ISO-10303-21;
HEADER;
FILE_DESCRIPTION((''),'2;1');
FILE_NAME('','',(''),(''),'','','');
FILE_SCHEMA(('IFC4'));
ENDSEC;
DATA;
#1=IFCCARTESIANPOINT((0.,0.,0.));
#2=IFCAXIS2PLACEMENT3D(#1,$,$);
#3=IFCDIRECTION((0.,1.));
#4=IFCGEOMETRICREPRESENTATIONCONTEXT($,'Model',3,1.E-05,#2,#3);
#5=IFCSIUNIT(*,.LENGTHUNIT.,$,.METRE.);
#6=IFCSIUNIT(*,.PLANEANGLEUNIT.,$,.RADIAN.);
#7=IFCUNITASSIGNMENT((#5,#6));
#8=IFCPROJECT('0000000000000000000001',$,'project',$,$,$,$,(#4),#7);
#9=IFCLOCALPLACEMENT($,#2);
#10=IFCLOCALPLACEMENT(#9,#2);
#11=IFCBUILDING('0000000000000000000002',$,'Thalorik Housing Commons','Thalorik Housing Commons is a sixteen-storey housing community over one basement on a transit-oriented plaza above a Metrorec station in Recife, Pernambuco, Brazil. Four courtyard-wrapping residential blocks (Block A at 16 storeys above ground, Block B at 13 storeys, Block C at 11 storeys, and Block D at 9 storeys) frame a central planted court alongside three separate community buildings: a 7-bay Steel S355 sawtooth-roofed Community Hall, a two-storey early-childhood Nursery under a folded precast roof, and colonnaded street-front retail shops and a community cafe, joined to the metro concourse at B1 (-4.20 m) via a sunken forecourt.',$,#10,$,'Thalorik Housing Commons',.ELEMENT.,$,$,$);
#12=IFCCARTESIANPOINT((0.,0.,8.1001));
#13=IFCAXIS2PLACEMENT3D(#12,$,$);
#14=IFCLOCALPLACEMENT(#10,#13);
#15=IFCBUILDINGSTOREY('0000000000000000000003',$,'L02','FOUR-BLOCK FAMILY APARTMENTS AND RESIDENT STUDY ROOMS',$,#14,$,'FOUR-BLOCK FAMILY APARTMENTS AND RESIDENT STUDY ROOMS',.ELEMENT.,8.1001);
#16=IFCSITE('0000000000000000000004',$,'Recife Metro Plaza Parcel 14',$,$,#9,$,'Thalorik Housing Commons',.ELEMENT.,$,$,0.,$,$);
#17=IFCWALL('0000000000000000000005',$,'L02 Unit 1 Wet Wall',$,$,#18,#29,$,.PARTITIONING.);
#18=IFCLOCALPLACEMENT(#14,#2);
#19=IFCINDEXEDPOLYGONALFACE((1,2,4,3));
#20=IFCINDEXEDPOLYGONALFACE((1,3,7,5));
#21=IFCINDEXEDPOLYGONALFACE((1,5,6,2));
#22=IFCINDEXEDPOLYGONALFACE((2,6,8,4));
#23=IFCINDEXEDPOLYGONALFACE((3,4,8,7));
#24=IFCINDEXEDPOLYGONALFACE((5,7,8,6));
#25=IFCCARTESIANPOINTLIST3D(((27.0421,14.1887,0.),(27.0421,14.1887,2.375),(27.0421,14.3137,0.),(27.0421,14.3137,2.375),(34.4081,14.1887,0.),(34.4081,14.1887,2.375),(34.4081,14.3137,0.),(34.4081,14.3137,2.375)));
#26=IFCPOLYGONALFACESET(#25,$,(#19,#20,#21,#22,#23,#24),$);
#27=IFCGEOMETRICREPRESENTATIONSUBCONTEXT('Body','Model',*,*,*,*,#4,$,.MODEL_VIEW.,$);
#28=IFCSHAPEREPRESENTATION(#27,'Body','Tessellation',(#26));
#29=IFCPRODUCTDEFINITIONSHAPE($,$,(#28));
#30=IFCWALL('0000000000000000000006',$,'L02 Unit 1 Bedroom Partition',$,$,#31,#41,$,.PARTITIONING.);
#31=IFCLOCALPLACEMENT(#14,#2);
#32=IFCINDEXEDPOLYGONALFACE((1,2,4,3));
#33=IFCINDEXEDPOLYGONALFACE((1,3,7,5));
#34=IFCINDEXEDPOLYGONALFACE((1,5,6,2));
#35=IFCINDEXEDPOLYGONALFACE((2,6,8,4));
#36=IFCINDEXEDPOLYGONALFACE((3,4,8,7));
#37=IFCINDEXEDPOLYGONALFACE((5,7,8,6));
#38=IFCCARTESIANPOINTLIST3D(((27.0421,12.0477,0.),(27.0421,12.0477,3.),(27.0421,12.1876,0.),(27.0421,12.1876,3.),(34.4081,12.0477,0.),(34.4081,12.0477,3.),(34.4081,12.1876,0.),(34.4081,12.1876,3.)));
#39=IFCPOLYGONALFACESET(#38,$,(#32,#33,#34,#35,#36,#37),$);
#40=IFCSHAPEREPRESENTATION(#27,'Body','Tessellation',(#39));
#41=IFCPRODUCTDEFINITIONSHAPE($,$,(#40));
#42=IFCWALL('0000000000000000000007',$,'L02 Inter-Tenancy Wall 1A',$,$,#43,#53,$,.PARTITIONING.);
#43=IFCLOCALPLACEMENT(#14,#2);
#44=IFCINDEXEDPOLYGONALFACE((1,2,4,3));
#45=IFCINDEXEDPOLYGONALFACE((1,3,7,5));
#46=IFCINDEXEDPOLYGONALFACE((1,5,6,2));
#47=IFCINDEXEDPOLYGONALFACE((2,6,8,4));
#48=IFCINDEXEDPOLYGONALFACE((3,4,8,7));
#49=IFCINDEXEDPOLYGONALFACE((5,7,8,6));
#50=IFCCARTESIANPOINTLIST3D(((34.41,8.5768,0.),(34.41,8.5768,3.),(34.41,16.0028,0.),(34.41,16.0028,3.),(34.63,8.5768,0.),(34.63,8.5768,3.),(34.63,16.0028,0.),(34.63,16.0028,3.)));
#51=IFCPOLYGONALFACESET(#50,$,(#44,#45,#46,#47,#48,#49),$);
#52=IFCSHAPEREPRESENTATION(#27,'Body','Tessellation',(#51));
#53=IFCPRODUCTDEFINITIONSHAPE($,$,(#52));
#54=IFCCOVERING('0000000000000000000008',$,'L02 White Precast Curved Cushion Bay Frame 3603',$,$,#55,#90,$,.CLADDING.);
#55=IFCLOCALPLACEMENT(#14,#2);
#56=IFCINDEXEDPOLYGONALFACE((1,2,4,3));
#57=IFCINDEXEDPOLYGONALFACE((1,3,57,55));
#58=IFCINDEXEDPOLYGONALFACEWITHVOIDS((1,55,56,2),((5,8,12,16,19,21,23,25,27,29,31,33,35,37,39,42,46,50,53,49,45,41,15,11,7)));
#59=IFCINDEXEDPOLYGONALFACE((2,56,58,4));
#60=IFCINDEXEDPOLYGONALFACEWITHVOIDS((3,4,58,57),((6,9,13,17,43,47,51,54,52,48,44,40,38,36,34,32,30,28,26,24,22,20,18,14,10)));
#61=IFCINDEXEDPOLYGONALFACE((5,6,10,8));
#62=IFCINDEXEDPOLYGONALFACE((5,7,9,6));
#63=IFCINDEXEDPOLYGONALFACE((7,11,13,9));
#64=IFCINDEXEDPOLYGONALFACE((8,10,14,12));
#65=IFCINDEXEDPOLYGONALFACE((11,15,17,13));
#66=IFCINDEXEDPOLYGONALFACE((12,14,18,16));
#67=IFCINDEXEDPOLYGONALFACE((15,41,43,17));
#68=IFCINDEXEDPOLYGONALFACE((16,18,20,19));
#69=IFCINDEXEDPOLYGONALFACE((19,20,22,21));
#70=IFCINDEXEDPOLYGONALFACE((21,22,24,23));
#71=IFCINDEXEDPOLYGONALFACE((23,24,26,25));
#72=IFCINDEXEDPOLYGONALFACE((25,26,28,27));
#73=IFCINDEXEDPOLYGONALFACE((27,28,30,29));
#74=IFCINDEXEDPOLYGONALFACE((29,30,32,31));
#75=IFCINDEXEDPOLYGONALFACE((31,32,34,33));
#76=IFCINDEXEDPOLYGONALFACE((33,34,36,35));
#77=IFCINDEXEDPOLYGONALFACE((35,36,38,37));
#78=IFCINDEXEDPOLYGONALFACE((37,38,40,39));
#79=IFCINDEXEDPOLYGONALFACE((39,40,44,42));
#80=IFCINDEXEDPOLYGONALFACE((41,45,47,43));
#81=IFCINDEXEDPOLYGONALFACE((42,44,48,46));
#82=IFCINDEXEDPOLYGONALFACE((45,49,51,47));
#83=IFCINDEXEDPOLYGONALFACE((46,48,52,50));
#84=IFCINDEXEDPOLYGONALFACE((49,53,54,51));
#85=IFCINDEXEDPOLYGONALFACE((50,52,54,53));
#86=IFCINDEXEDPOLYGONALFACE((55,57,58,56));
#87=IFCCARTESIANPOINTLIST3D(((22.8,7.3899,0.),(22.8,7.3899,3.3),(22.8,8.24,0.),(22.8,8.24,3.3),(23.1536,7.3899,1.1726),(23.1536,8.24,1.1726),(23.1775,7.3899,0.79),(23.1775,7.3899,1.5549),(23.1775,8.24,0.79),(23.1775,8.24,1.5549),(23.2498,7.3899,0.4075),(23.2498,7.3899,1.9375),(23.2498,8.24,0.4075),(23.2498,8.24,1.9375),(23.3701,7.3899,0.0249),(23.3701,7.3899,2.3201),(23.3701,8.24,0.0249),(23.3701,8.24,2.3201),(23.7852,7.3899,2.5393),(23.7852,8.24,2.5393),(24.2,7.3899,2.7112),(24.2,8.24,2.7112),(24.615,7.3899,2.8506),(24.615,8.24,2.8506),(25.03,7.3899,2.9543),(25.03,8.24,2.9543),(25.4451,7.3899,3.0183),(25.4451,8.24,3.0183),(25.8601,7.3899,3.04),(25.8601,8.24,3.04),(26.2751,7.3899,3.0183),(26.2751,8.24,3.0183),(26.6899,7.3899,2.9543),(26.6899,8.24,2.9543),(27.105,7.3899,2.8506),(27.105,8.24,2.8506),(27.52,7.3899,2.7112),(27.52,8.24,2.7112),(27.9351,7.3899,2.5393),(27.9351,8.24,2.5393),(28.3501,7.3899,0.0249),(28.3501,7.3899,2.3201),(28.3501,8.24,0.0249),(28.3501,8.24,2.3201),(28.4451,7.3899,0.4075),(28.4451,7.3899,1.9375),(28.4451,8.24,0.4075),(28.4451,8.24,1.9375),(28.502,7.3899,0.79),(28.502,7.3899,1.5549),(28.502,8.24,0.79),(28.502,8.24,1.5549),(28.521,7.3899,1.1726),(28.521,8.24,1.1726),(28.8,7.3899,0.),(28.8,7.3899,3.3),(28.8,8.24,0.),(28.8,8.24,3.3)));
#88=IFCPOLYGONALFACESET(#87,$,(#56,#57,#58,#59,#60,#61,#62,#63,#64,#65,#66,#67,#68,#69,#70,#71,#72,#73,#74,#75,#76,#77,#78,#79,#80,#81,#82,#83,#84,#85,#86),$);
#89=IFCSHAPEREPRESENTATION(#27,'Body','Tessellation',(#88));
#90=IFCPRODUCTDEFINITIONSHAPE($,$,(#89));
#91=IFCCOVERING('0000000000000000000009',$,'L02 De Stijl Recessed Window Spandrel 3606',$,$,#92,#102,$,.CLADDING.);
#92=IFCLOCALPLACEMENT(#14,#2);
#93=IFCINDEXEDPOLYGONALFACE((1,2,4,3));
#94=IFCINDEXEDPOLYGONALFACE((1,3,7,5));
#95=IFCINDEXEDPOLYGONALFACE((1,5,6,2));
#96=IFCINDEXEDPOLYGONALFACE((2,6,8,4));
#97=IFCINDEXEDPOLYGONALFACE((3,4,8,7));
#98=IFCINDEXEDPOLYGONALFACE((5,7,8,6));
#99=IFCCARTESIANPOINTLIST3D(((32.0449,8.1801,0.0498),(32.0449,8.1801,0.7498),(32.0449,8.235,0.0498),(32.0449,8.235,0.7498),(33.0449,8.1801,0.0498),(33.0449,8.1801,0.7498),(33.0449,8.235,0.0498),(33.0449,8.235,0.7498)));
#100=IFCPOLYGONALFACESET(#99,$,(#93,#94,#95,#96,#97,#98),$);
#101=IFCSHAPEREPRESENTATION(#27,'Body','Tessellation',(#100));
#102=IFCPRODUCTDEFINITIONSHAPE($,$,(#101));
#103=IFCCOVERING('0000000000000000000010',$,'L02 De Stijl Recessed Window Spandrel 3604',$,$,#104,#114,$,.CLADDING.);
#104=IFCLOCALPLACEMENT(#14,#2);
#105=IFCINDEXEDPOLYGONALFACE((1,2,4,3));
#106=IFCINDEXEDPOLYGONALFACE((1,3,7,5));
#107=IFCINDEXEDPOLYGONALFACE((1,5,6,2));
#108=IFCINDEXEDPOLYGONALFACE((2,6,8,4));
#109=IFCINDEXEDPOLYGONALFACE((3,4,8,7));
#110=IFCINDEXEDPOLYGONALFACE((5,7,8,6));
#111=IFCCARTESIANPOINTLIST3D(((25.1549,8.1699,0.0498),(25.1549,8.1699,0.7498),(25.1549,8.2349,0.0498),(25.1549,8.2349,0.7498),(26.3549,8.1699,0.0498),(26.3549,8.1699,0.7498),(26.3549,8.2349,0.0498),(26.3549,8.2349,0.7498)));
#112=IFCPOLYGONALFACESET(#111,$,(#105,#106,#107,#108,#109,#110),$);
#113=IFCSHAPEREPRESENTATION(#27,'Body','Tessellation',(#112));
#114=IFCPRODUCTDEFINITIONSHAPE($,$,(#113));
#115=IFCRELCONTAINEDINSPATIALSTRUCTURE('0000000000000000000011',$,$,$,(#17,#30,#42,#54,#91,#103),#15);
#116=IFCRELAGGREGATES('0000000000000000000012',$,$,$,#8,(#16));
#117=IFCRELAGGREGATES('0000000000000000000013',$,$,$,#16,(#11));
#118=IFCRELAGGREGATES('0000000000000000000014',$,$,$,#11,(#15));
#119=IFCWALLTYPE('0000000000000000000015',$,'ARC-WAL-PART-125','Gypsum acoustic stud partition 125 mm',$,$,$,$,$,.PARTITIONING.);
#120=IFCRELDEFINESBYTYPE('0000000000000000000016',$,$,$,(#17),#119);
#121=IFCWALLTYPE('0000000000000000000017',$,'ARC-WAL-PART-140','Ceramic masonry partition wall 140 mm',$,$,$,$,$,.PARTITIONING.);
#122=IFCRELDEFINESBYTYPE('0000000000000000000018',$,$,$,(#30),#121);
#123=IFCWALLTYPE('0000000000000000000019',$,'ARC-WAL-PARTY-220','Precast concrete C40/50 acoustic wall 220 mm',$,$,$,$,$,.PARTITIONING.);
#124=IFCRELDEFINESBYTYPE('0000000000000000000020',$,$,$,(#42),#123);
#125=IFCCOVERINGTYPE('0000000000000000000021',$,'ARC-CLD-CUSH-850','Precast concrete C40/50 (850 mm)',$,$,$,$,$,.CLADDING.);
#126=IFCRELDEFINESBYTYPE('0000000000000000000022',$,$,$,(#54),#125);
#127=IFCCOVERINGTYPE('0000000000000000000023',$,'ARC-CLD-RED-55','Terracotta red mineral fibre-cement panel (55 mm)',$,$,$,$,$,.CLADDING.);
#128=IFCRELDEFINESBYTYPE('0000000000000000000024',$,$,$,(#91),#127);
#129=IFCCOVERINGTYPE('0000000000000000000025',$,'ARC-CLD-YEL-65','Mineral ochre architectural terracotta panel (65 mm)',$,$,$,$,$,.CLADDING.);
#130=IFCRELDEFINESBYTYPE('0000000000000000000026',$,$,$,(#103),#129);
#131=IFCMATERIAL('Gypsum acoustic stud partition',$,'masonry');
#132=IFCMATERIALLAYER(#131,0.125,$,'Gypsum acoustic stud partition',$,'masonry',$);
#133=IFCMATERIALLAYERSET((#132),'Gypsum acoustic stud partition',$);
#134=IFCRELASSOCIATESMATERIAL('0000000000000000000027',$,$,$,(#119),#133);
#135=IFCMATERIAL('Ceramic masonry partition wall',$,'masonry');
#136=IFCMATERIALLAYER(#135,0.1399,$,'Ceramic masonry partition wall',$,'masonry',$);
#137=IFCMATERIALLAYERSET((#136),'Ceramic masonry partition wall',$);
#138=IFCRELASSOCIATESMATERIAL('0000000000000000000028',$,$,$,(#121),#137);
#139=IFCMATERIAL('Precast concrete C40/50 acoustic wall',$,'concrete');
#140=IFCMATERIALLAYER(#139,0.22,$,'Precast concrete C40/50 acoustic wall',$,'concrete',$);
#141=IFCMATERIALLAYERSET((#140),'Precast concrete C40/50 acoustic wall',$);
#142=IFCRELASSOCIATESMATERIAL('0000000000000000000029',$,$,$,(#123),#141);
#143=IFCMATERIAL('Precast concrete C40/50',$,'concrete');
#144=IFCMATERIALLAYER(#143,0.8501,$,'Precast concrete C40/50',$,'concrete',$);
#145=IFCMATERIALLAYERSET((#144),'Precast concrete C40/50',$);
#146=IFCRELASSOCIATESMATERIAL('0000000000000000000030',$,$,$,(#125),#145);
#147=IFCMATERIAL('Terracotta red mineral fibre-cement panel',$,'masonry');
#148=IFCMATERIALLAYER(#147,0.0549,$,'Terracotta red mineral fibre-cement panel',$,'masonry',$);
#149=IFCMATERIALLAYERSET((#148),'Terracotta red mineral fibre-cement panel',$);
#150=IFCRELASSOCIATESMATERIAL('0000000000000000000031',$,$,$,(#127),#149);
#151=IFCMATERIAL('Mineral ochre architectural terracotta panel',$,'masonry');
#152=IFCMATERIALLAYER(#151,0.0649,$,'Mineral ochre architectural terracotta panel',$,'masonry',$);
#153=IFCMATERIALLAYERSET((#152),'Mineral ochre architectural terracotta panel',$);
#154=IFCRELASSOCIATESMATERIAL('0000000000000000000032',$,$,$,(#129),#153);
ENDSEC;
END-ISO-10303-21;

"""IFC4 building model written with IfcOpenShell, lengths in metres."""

from ifc_helpers import new_model, si_unit, direction, frame, frame_2d, origin, origin_2d, place, context, subcontext, project, spatial, polyline, rectangle, outline, extrude, material, layer, layer_set, type_object, element, save


model = new_model("IFC4")

# Units and contexts
model_context = context("Model", 3, precision=1e-05, world=origin(), true_north=direction((0.0, 1.0)))
body_context = subcontext(model_context, "Body", "Model", "MODEL_VIEW")
ifc_project = project(units=[si_unit("LENGTHUNIT", "METRE"), si_unit("PLANEANGLEUNIT", "RADIAN")], contexts=[model_context])

# Site, building, storey
site_placement = place(None, origin())
site = spatial("IfcSite", under=ifc_project, at=site_placement, Name="Recife Metro Plaza Parcel 14", LongName="Thalorik Housing Commons", CompositionType="ELEMENT", RefElevation=0.0)
building_placement = place(site_placement, origin())
building = spatial("IfcBuilding", under=site, at=building_placement, Name="Thalorik Housing Commons", Description="Thalorik Housing Commons is a sixteen-storey housing community over one basement on a transit-oriented plaza above a Metrorec station in Recife, Pernambuco, Brazil. Four courtyard-wrapping residential blocks (Block A at 16 storeys above ground, Block B at 13 storeys, Block C at 11 storeys, and Block D at 9 storeys) frame a central planted court alongside three separate community buildings: a 7-bay Steel S355 sawtooth-roofed Community Hall, a two-storey early-childhood Nursery under a folded precast roof, and colonnaded street-front retail shops and a community cafe, joined to the metro concourse at B1 (-4.20 m) via a sunken forecourt.", LongName="Thalorik Housing Commons", CompositionType="ELEMENT")
storey_placement = place(building_placement, frame((0.0, 0.0, 8.1001)))
storey = spatial("IfcBuildingStorey", under=building, at=storey_placement, Name="L02", Description="FOUR-BLOCK FAMILY APARTMENTS AND RESIDENT STUDY ROOMS", LongName="FOUR-BLOCK FAMILY APARTMENTS AND RESIDENT STUDY ROOMS", CompositionType="ELEMENT", Elevation=8.1001)

# Shared definitions
ifc_material_1 = material(Name="Precast concrete C40/50", Category="concrete")

# Walls
ifc_material_2 = material(Name="Gypsum acoustic stud partition", Category="masonry")
ifc_layer_1 = layer(ifc_material_2, 0.125, Name="Gypsum acoustic stud partition", Category="masonry")
ifc_layer_set_1 = layer_set([ifc_layer_1], Name="Gypsum acoustic stud partition")
wall_type_1 = type_object("IfcWallType", Name="ARC-WAL-PART-125", Description="Gypsum acoustic stud partition 125 mm", PredefinedType="PARTITIONING", material=ifc_layer_set_1)
wall_1_placement = place(storey_placement, frame((27.042, 14.2512, 0.0), z_axis=(0.0, 0.0, 1.0), x_axis=(1.0, 0.0, 0.0)))
element("IfcWall", 1, at=wall_1_placement, inside=storey, type_object=wall_type_1, Name="L02 Unit 1 Wet Wall", PredefinedType="PARTITIONING", context=body_context, shape_type="SweptSolid", body=[
    extrude(rectangle(XDim=7.366, YDim=0.125, at=frame_2d((3.6831, 0.0))), origin(), (0.0, 0.0, 1.0), 2.375),
])
ifc_material_3 = material(Name="Ceramic masonry partition wall", Category="masonry")
ifc_layer_2 = layer(ifc_material_3, 0.1399, Name="Ceramic masonry partition wall", Category="masonry")
ifc_layer_set_2 = layer_set([ifc_layer_2], Name="Ceramic masonry partition wall")
wall_type_2 = type_object("IfcWallType", Name="ARC-WAL-PART-140", Description="Ceramic masonry partition wall 140 mm", PredefinedType="PARTITIONING", material=ifc_layer_set_2)
wall_2_placement = place(storey_placement, frame((27.042, 12.1177, 0.0), z_axis=(0.0, 0.0, 1.0), x_axis=(1.0, 0.0, 0.0)))
element("IfcWall", 2, at=wall_2_placement, inside=storey, type_object=wall_type_2, Name="L02 Unit 1 Bedroom Partition", PredefinedType="PARTITIONING", context=body_context, shape_type="SweptSolid", body=[
    extrude(rectangle(XDim=7.366, YDim=0.1399, at=frame_2d((3.6831, 0.0))), origin(), (0.0, 0.0, 1.0), 3.0),
])
ifc_material_4 = material(Name="Precast concrete C40/50 acoustic wall", Category="concrete")
ifc_layer_3 = layer(ifc_material_4, 0.22, Name="Precast concrete C40/50 acoustic wall", Category="concrete")
ifc_layer_set_3 = layer_set([ifc_layer_3], Name="Precast concrete C40/50 acoustic wall")
wall_type_3 = type_object("IfcWallType", Name="ARC-WAL-PARTY-220", Description="Precast concrete C40/50 acoustic wall 220 mm", PredefinedType="PARTITIONING", material=ifc_layer_set_3)
wall_3_placement = place(storey_placement, frame((34.52, 8.5769, 0.0), z_axis=(0.0, 0.0, 1.0), x_axis=(0.0, 1.0, 0.0)))
element("IfcWall", 3, at=wall_3_placement, inside=storey, type_object=wall_type_3, Name="L02 Inter-Tenancy Wall 1A", PredefinedType="PARTITIONING", context=body_context, shape_type="SweptSolid", body=[
    extrude(rectangle(XDim=7.426, YDim=0.22, at=frame_2d((3.7129, 0.0))), origin(), (0.0, 0.0, 1.0), 3.0),
])

# Coverings
ifc_layer_4 = layer(ifc_material_1, 0.8501, Name="Precast concrete C40/50", Category="concrete")
ifc_layer_set_4 = layer_set([ifc_layer_4], Name="Precast concrete C40/50")
covering_type_1 = type_object("IfcCoveringType", Name="ARC-CLD-CUSH-850", Description="Precast concrete C40/50 (850 mm)", PredefinedType="CLADDING", material=ifc_layer_set_4)
covering_1_placement = place(storey_placement, frame((25.8, 7.8149, 0.0), z_axis=(0.0, 0.0, 1.0), x_axis=(1.0, 0.0, 0.0)))
element("IfcCovering", 4, at=covering_1_placement, inside=storey, type_object=covering_type_1, Name="L02 White Precast Curved Cushion Bay Frame 3603", PredefinedType="CLADDING", context=body_context, shape_type="SweptSolid", body=[
    extrude(outline(polyline([(-3.0, 0.0), (3.0, 0.0), (3.0, 3.3), (-3.0, 3.3), (-3.0, 0.0)]), holes=[polyline([(2.55, 0.0249), (2.645, 0.4075), (2.7019, 0.79), (2.7209, 1.1726), (2.7019, 1.5549), (2.645, 1.9375), (2.55, 2.3201), (2.135, 2.5393), (1.72, 2.7112), (1.3049, 2.8506), (0.8899, 2.9543), (0.4751, 3.0183), (0.0601, 3.04), (-0.355, 3.0183), (-0.77, 2.9543), (-1.1851, 2.8506), (-1.6001, 2.7112), (-2.0149, 2.5393), (-2.4299, 2.3201), (-2.5503, 1.9375), (-2.6226, 1.5549), (-2.6465, 1.1726), (-2.6226, 0.79), (-2.5503, 0.4075), (-2.4299, 0.0249), (2.55, 0.0249)])]), frame((0.0, 0.425, 0.0), z_axis=(0.0, -1.0, 0.0), x_axis=(1.0, 0.0, 0.0)), (0.0, 0.0, 1.0), 0.8501),
])
ifc_material_5 = material(Name="Terracotta red mineral fibre-cement panel", Category="masonry")
ifc_layer_5 = layer(ifc_material_5, 0.0549, Name="Terracotta red mineral fibre-cement panel", Category="masonry")
ifc_layer_set_5 = layer_set([ifc_layer_5], Name="Terracotta red mineral fibre-cement panel")
covering_type_2 = type_object("IfcCoveringType", Name="ARC-CLD-RED-55", Description="Terracotta red mineral fibre-cement panel (55 mm)", PredefinedType="CLADDING", material=ifc_layer_set_5)
covering_2_placement = place(storey_placement, frame((32.5449, 8.2075, 0.0498), z_axis=(0.0, 0.0, 1.0), x_axis=(1.0, 0.0, 0.0)))
element("IfcCovering", 5, at=covering_2_placement, inside=storey, type_object=covering_type_2, Name="L02 De Stijl Recessed Window Spandrel 3606", PredefinedType="CLADDING", context=body_context, shape_type="SweptSolid", body=[
    extrude(rectangle(XDim=1.0, YDim=0.0549, at=origin_2d()), origin(), (0.0, 0.0, 1.0), 0.7),
])
ifc_material_6 = material(Name="Mineral ochre architectural terracotta panel", Category="masonry")
ifc_layer_6 = layer(ifc_material_6, 0.0649, Name="Mineral ochre architectural terracotta panel", Category="masonry")
ifc_layer_set_6 = layer_set([ifc_layer_6], Name="Mineral ochre architectural terracotta panel")
covering_type_3 = type_object("IfcCoveringType", Name="ARC-CLD-YEL-65", Description="Mineral ochre architectural terracotta panel (65 mm)", PredefinedType="CLADDING", material=ifc_layer_set_6)
covering_3_placement = place(storey_placement, frame((25.7549, 8.2024, 0.0498), z_axis=(0.0, 0.0, 1.0), x_axis=(1.0, 0.0, 0.0)))
element("IfcCovering", 6, at=covering_3_placement, inside=storey, type_object=covering_type_3, Name="L02 De Stijl Recessed Window Spandrel 3604", PredefinedType="CLADDING", context=body_context, shape_type="SweptSolid", body=[
    extrude(rectangle(XDim=1.2, YDim=0.0649, at=origin_2d()), origin(), (0.0, 0.0, 1.0), 0.7),
])

save(model, "model.ifc")
